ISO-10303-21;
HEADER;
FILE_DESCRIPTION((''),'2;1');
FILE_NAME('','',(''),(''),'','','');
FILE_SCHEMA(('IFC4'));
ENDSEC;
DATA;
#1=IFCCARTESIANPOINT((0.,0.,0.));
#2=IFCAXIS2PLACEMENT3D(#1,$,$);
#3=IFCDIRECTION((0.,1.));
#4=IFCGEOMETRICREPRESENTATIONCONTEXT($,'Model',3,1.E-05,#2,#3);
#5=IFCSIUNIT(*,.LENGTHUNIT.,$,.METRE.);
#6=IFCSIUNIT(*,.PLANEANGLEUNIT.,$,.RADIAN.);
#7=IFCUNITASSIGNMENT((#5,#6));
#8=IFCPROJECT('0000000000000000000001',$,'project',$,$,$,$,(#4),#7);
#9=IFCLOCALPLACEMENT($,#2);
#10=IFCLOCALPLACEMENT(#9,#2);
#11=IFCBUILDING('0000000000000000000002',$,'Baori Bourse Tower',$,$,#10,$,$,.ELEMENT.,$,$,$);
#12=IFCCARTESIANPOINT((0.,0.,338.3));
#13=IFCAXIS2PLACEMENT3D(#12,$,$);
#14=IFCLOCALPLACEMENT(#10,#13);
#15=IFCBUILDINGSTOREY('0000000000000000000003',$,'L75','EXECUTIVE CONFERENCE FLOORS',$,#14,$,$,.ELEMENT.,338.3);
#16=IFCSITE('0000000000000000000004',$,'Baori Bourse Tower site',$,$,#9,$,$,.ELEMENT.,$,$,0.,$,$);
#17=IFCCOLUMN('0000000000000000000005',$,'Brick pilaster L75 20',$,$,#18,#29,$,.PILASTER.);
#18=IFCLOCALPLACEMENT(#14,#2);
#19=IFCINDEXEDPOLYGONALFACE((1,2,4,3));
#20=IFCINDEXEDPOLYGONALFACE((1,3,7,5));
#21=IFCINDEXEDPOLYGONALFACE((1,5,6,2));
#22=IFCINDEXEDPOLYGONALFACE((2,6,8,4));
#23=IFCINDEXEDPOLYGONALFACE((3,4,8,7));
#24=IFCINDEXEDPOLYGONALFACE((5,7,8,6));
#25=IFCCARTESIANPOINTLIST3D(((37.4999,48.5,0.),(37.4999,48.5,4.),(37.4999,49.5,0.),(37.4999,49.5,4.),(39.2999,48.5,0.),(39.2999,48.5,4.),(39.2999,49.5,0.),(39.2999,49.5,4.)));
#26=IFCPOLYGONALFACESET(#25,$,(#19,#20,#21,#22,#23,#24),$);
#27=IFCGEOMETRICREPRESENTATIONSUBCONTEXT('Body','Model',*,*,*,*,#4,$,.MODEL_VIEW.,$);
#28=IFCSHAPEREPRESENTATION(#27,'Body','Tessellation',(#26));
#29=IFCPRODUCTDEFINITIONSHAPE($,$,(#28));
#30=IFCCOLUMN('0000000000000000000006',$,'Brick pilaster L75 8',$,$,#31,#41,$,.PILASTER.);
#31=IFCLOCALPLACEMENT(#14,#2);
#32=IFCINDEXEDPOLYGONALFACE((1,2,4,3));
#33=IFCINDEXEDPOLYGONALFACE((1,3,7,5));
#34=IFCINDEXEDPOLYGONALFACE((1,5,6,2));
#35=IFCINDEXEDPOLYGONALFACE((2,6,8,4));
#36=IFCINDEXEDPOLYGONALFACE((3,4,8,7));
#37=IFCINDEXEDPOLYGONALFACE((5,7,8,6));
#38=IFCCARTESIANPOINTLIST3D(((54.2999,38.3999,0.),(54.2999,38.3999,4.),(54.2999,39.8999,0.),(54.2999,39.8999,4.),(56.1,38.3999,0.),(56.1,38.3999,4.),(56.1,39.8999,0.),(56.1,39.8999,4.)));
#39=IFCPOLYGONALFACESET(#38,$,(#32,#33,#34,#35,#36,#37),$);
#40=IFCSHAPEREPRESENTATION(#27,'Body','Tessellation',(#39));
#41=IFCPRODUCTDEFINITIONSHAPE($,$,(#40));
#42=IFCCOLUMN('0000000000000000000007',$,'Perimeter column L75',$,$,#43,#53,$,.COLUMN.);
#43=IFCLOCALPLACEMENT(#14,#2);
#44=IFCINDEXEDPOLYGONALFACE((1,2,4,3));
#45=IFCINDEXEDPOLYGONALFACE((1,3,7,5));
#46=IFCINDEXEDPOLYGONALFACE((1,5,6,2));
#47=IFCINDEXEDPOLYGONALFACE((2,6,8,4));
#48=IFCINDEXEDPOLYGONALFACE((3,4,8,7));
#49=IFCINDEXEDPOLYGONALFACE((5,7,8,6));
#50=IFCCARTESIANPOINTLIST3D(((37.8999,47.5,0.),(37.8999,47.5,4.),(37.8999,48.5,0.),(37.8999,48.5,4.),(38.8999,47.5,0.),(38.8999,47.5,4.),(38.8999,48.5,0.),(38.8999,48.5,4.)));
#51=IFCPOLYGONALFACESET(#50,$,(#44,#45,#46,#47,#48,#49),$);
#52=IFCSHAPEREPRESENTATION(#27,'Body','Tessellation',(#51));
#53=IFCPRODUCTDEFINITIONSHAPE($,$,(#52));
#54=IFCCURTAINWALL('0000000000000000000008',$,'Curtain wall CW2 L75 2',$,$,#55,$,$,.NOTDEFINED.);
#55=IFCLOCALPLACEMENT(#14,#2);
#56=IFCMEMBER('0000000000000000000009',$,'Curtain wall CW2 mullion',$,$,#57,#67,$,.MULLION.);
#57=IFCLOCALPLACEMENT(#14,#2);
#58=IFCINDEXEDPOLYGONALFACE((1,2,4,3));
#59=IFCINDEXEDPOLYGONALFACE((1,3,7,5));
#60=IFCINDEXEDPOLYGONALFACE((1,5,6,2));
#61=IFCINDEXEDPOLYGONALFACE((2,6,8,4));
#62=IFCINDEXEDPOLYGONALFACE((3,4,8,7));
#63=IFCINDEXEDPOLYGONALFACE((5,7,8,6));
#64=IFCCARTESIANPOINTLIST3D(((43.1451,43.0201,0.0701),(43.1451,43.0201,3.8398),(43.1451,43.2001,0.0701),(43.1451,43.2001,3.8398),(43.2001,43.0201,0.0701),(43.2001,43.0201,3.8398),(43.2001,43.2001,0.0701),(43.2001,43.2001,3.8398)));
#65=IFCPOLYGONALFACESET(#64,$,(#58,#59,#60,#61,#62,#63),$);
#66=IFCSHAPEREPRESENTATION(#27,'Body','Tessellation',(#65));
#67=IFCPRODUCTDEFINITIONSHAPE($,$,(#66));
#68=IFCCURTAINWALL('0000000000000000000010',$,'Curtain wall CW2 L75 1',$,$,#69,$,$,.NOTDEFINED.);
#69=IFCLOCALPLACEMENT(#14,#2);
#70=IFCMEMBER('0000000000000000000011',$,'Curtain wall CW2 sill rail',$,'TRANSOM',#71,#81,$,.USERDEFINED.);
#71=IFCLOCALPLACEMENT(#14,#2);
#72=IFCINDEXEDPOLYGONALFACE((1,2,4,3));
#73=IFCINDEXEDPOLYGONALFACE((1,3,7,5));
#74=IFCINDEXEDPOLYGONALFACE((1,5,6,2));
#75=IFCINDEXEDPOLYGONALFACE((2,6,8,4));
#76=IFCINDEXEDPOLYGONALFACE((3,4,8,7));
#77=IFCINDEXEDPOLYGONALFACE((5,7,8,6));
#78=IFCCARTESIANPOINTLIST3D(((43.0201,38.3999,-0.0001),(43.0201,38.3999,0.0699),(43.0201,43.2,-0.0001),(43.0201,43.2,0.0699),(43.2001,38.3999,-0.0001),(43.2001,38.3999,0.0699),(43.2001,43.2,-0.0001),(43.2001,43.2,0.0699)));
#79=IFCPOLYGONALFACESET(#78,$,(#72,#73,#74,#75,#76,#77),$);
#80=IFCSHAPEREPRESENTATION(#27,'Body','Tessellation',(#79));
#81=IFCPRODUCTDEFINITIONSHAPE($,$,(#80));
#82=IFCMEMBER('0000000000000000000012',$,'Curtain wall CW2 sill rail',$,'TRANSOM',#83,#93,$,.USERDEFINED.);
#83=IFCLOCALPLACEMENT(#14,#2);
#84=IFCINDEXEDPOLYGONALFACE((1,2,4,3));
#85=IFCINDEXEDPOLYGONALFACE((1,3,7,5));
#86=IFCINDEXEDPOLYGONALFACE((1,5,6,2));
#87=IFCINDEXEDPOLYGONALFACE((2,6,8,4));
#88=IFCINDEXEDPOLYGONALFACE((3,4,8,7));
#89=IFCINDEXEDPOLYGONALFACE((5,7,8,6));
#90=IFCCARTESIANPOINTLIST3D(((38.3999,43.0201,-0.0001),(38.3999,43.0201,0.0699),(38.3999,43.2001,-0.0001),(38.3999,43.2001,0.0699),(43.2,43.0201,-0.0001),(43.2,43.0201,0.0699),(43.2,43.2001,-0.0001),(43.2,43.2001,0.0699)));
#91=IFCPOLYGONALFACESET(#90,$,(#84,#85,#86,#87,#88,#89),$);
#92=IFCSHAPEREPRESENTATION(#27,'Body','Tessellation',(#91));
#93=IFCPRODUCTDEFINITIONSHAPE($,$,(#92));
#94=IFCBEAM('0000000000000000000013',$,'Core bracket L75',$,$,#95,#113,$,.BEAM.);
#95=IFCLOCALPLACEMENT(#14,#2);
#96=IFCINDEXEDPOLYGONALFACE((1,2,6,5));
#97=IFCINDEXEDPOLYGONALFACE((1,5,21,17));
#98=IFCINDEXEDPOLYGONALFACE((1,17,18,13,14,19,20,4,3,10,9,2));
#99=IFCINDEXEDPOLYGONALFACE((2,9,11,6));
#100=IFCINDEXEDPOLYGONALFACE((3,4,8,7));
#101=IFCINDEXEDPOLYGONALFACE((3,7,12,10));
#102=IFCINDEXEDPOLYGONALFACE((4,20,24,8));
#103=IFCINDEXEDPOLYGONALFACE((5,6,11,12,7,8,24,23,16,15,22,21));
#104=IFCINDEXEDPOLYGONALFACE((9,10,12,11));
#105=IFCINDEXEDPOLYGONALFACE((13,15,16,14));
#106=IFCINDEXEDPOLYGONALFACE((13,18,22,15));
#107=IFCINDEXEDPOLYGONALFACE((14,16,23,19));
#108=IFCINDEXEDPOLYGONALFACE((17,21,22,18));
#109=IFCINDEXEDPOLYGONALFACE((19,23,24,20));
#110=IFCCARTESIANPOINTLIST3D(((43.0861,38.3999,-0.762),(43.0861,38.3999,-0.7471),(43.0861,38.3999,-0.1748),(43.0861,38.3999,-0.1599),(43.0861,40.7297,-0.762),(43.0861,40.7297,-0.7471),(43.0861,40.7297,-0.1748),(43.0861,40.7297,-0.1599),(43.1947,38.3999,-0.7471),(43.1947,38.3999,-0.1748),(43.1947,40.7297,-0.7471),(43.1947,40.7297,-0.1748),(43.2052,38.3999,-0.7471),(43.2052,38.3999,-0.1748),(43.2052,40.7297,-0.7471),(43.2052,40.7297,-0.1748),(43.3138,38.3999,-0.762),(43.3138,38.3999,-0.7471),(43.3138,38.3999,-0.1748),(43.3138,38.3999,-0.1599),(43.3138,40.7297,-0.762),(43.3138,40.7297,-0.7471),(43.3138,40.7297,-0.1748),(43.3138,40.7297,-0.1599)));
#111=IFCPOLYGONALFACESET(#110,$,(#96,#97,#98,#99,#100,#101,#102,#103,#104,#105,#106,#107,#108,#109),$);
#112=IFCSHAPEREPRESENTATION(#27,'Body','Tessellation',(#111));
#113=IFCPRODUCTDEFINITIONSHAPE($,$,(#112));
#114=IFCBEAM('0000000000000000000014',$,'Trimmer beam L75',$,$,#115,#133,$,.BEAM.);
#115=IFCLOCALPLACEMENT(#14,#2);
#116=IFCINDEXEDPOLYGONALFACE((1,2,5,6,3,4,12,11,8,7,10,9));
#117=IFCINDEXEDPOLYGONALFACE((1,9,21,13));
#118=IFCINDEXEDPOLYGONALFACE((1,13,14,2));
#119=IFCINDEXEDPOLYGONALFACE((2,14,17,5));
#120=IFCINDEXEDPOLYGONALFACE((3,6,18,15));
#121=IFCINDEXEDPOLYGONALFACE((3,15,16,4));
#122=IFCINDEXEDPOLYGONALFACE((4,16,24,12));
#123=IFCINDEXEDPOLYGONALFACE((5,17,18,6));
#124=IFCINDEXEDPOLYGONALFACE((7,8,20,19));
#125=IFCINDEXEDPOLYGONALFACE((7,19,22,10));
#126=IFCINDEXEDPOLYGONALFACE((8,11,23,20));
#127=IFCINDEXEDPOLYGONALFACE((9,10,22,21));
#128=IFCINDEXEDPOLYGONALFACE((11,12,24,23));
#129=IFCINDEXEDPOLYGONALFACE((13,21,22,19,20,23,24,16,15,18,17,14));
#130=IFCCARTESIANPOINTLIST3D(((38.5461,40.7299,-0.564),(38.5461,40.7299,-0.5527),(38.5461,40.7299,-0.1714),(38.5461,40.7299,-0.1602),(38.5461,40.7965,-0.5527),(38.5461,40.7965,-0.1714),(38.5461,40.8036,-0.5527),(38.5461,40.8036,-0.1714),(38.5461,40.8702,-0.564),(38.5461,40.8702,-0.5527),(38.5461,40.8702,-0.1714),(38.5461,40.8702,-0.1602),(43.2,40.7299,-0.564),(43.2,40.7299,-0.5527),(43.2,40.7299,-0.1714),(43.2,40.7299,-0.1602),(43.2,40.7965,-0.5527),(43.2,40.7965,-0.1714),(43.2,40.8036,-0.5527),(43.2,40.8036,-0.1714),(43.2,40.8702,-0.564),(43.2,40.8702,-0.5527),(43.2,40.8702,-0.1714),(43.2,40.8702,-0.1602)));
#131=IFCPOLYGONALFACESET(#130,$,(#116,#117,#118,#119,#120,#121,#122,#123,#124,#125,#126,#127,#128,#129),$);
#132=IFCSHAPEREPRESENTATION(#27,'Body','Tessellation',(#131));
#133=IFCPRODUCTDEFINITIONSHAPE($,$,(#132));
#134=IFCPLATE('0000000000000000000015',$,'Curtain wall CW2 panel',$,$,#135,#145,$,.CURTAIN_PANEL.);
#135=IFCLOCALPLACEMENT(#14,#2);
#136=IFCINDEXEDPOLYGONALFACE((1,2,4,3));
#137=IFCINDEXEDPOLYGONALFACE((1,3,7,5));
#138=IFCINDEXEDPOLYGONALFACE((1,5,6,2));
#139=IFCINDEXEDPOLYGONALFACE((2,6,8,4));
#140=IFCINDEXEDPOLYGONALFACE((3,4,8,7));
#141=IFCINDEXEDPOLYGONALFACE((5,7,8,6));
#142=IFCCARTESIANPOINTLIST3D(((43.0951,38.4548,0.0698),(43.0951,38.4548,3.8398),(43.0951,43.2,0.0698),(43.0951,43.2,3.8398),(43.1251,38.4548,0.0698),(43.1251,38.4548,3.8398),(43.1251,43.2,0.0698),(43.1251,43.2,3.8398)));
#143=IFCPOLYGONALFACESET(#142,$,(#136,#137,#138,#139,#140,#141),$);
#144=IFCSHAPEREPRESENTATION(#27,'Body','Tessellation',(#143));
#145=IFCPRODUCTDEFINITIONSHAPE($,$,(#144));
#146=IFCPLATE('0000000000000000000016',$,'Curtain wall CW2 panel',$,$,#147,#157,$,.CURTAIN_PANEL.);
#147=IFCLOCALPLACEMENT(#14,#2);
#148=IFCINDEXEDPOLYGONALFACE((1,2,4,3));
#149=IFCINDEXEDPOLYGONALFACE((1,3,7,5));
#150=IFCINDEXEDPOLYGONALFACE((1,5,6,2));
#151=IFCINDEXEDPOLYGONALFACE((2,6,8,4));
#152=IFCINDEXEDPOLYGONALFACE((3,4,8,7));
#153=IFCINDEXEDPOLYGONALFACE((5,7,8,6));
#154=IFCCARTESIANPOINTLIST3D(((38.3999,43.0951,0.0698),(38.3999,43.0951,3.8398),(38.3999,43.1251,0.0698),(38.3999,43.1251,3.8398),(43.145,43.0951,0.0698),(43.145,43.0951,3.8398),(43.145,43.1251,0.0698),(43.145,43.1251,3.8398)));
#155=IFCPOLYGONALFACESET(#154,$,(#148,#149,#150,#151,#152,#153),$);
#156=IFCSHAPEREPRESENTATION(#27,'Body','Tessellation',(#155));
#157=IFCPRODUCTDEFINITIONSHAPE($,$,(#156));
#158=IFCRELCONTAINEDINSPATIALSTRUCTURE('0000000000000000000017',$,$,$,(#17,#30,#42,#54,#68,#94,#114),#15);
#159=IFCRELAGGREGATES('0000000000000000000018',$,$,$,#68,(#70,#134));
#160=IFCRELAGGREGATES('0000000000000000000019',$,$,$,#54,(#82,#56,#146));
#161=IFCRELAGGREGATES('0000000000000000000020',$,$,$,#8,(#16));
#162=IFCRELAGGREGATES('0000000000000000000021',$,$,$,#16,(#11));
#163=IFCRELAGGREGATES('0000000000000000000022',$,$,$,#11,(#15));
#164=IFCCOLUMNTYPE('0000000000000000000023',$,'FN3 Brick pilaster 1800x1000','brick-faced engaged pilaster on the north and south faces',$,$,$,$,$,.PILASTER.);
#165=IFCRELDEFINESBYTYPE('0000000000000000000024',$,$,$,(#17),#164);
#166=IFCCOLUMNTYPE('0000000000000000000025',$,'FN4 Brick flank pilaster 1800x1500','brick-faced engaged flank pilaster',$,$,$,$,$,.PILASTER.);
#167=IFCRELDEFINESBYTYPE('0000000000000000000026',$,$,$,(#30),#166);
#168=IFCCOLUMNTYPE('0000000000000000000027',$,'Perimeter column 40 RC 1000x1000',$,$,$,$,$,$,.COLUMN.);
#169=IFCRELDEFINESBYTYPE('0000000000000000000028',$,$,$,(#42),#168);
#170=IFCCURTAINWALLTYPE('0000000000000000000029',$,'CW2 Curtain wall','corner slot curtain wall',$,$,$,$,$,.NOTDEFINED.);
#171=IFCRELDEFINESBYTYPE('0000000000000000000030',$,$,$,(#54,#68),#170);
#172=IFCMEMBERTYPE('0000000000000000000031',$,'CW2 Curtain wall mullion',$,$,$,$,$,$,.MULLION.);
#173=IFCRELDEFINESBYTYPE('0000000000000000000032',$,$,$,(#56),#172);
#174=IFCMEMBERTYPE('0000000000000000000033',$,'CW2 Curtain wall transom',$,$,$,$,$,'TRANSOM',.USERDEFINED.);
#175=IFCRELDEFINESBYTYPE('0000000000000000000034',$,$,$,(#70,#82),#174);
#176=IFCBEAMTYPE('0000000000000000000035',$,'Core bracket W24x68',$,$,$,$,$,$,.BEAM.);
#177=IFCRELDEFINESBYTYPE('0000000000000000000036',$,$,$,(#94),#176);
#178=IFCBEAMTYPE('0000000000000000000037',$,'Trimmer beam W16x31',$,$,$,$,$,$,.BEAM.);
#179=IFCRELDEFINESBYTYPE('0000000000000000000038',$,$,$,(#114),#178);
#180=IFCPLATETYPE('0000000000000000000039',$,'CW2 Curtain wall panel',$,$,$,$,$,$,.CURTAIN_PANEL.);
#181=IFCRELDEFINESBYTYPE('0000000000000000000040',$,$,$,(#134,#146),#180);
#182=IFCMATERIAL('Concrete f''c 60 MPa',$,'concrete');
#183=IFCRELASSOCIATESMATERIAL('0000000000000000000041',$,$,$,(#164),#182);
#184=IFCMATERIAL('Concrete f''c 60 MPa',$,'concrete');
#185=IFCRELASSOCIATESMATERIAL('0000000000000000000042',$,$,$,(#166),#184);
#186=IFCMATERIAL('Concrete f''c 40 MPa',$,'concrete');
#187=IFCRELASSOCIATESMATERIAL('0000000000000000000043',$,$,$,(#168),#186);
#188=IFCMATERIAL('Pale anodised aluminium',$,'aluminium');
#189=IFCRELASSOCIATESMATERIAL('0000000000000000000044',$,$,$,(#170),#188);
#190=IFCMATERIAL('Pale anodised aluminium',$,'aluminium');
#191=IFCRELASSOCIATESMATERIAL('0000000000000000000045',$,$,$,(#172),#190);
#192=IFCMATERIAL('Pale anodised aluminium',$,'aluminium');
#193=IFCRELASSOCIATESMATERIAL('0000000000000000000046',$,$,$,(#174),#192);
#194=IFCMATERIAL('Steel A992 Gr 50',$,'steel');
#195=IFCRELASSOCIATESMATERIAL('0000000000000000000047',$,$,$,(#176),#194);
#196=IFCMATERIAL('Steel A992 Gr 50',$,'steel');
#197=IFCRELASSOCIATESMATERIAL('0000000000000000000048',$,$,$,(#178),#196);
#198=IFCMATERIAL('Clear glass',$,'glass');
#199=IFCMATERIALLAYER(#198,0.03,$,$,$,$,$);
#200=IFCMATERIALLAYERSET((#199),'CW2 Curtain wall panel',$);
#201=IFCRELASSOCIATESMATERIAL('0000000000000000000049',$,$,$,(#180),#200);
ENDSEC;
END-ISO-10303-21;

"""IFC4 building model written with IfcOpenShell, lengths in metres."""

from ifc_helpers import new_model, si_unit, direction, frame, origin, origin_2d, place, context, subcontext, project, spatial, rectangle, i_section, extrude, material, layer, layer_set, material_profile, profile_set, type_object, element, aggregate, save


model = new_model("IFC4")

# Units and contexts
model_context = context("Model", 3, precision=1e-05, world=origin(), true_north=direction((0.0, 1.0)))
body_context = subcontext(model_context, "Body", "Model", "MODEL_VIEW")
ifc_project = project(units=[si_unit("LENGTHUNIT", "METRE"), si_unit("PLANEANGLEUNIT", "RADIAN")], contexts=[model_context])

# Site, building, storey
site_placement = place(None, origin())
site = spatial("IfcSite", under=ifc_project, at=site_placement, Name="Baori Bourse Tower site", CompositionType="ELEMENT", RefElevation=0.0)
building_placement = place(site_placement, origin())
building = spatial("IfcBuilding", under=site, at=building_placement, Name="Baori Bourse Tower", CompositionType="ELEMENT")
storey_placement = place(building_placement, frame((0.0, 0.0, 338.3)))
storey = spatial("IfcBuildingStorey", under=building, at=storey_placement, Name="L75", Description="EXECUTIVE CONFERENCE FLOORS", CompositionType="ELEMENT", Elevation=338.3)

# Columns
ifc_material_1 = material(Name="Concrete f'c 60 MPa", Category="concrete")
ifc_material_profile_1 = material_profile(ifc_material_1, rectangle(XDim=1.8, YDim=1.0, at=origin_2d()), Name="RC 1800x1000")
ifc_profile_set_1 = profile_set([ifc_material_profile_1], Name="Concrete f'c 60 MPa")
column_type_1 = type_object("IfcColumnType", Name="FN3 Brick pilaster 1800x1000", Description="brick-faced engaged pilaster on the north and south faces", PredefinedType="PILASTER", material=ifc_profile_set_1)
column_1_placement = place(storey_placement, frame((38.3999, 49.0, 0.0), z_axis=(0.0, 0.0, 1.0), x_axis=(1.0, 0.0, 0.0)))
element("IfcColumn", 1, at=column_1_placement, inside=storey, type_object=column_type_1, Name="Brick pilaster L75 20", PredefinedType="PILASTER", context=body_context, shape_type="SweptSolid", body=[
    extrude(rectangle(XDim=1.8, YDim=1.0, at=origin_2d()), origin(), (0.0, 0.0, 1.0), 4.0),
])
ifc_material_2 = material(Name="Concrete f'c 60 MPa", Category="concrete")
ifc_material_profile_2 = material_profile(ifc_material_2, rectangle(XDim=1.8, YDim=1.5, at=origin_2d()), Name="RC 1800x1500")
ifc_profile_set_2 = profile_set([ifc_material_profile_2], Name="Concrete f'c 60 MPa")
column_type_2 = type_object("IfcColumnType", Name="FN4 Brick flank pilaster 1800x1500", Description="brick-faced engaged flank pilaster", PredefinedType="PILASTER", material=ifc_profile_set_2)
column_2_placement = place(storey_placement, frame((55.2, 39.1499, 0.0), z_axis=(0.0, 0.0, 1.0), x_axis=(1.0, 0.0, 0.0)))
element("IfcColumn", 2, at=column_2_placement, inside=storey, type_object=column_type_2, Name="Brick pilaster L75 8", PredefinedType="PILASTER", context=body_context, shape_type="SweptSolid", body=[
    extrude(rectangle(XDim=1.8, YDim=1.5, at=origin_2d()), origin(), (0.0, 0.0, 1.0), 4.0),
])
ifc_material_3 = material(Name="Concrete f'c 40 MPa", Category="concrete")
ifc_material_profile_3 = material_profile(ifc_material_3, rectangle(XDim=1.0, YDim=1.0, at=origin_2d()), Name="RC 1000x1000")
ifc_profile_set_3 = profile_set([ifc_material_profile_3], Name="Concrete f'c 40 MPa")
column_type_3 = type_object("IfcColumnType", Name="Perimeter column 40 RC 1000x1000", PredefinedType="COLUMN", material=ifc_profile_set_3)
column_3_placement = place(storey_placement, frame((38.3999, 48.0, 0.0), z_axis=(0.0, 0.0, 1.0), x_axis=(1.0, 0.0, 0.0)))
element("IfcColumn", 3, at=column_3_placement, inside=storey, type_object=column_type_3, Name="Perimeter column L75", PredefinedType="COLUMN", context=body_context, shape_type="SweptSolid", body=[
    extrude(rectangle(XDim=1.0, YDim=1.0, at=origin_2d()), origin(), (0.0, 0.0, 1.0), 4.0),
])

# Curtain walls, members
ifc_material_4 = material(Name="Pale anodised aluminium", Category="aluminium")
curtain_wall_type = type_object("IfcCurtainWallType", Name="CW2 Curtain wall", Description="corner slot curtain wall", PredefinedType="NOTDEFINED", material=ifc_material_4)
curtain_wall_1_placement = place(storey_placement, origin())
curtain_wall_1 = element("IfcCurtainWall", 4, at=curtain_wall_1_placement, inside=storey, type_object=curtain_wall_type, Name="Curtain wall CW2 L75 2", PredefinedType="NOTDEFINED")
ifc_material_5 = material(Name="Pale anodised aluminium", Category="aluminium")
ifc_material_profile_4 = material_profile(ifc_material_5, rectangle(XDim=0.1799, YDim=0.0549, at=origin_2d()), Name="Mullion 55x180")
ifc_profile_set_4 = profile_set([ifc_material_profile_4], Name="Pale anodised aluminium")
member_type_1 = type_object("IfcMemberType", Name="CW2 Curtain wall mullion", PredefinedType="MULLION", material=ifc_profile_set_4)
member_1_placement = place(storey_placement, frame((43.1726, 43.1101, 0.0701), z_axis=(0.0, 0.0, 1.0), x_axis=(0.0, -1.0, 0.0)))
member_1 = element("IfcMember", 5, at=member_1_placement, type_object=member_type_1, Name="Curtain wall CW2 mullion", PredefinedType="MULLION", context=body_context, shape_type="SweptSolid", body=[
    extrude(rectangle(XDim=0.1799, YDim=0.0549, at=origin_2d()), origin(), (0.0, 0.0, 1.0), 3.7698),
])
curtain_wall_2_placement = place(storey_placement, origin())
curtain_wall_2 = element("IfcCurtainWall", 6, at=curtain_wall_2_placement, inside=storey, type_object=curtain_wall_type, Name="Curtain wall CW2 L75 1", PredefinedType="NOTDEFINED")
ifc_material_6 = material(Name="Pale anodised aluminium", Category="aluminium")
ifc_material_profile_5 = material_profile(ifc_material_6, rectangle(XDim=0.1799, YDim=0.0701, at=origin_2d()), Name="Transom 70x180")
ifc_profile_set_5 = profile_set([ifc_material_profile_5], Name="Pale anodised aluminium")
member_type_2 = type_object("IfcMemberType", Name="CW2 Curtain wall transom", ElementType="TRANSOM", PredefinedType="USERDEFINED", material=ifc_profile_set_5)
member_2_placement = place(storey_placement, frame((43.1101, 38.3999, 0.0349), z_axis=(0.0, 1.0, 0.0), x_axis=(-1.0, 0.0, 0.0)))
member_2 = element("IfcMember", 7, at=member_2_placement, type_object=member_type_2, Name="Curtain wall CW2 sill rail", ObjectType="TRANSOM", PredefinedType="USERDEFINED", context=body_context, shape_type="SweptSolid", body=[
    extrude(rectangle(XDim=0.1799, YDim=0.0701, at=origin_2d()), origin(), (0.0, 0.0, 1.0), 4.8),
])

# Member
member_3_placement = place(storey_placement, frame((43.2, 43.1101, 0.0349), z_axis=(-1.0, 0.0, 0.0), x_axis=(0.0, -1.0, 0.0)))
member_3 = element("IfcMember", 8, at=member_3_placement, type_object=member_type_2, Name="Curtain wall CW2 sill rail", ObjectType="TRANSOM", PredefinedType="USERDEFINED", context=body_context, shape_type="SweptSolid", body=[
    extrude(rectangle(XDim=0.1799, YDim=0.0701, at=origin_2d()), origin(), (0.0, 0.0, 1.0), 4.8),
])

# Beams
ifc_material_7 = material(Name="Steel A992 Gr 50", Category="steel")
ifc_material_profile_6 = material_profile(ifc_material_7, i_section(OverallWidth=0.2278, OverallDepth=0.6021, WebThickness=0.0105, FlangeThickness=0.0149, at=origin_2d()), Name="W24x68")
ifc_profile_set_6 = profile_set([ifc_material_profile_6], Name="Steel A992 Gr 50")
beam_type_1 = type_object("IfcBeamType", Name="Core bracket W24x68", PredefinedType="BEAM", material=ifc_profile_set_6)
beam_1_placement = place(storey_placement, frame((43.2, 38.3999, -0.4609), z_axis=(0.0, 1.0, 0.0), x_axis=(-1.0, 0.0, 0.0)))
element("IfcBeam", 9, at=beam_1_placement, inside=storey, type_object=beam_type_1, Name="Core bracket L75", PredefinedType="BEAM", context=body_context, shape_type="SweptSolid", body=[
    extrude(i_section(OverallWidth=0.2278, OverallDepth=0.6021, WebThickness=0.0105, FlangeThickness=0.0149, at=origin_2d()), origin(), (0.0, 0.0, 1.0), 2.3298),
])
ifc_material_8 = material(Name="Steel A992 Gr 50", Category="steel")
ifc_material_profile_7 = material_profile(ifc_material_8, i_section(OverallWidth=0.1404, OverallDepth=0.4038, WebThickness=0.0071, FlangeThickness=0.0112, at=origin_2d()), Name="W16x31")
ifc_profile_set_7 = profile_set([ifc_material_profile_7], Name="Steel A992 Gr 50")
beam_type_2 = type_object("IfcBeamType", Name="Trimmer beam W16x31", PredefinedType="BEAM", material=ifc_profile_set_7)
beam_2_placement = place(storey_placement, frame((38.5461, 40.8, -0.3621), z_axis=(1.0, 0.0, 0.0), x_axis=(0.0, 1.0, 0.0)))
element("IfcBeam", 10, at=beam_2_placement, inside=storey, type_object=beam_type_2, Name="Trimmer beam L75", PredefinedType="BEAM", context=body_context, shape_type="SweptSolid", body=[
    extrude(i_section(OverallWidth=0.1404, OverallDepth=0.4038, WebThickness=0.0071, FlangeThickness=0.0112, at=origin_2d()), origin(), (0.0, 0.0, 1.0), 4.6538),
])

# Plates
ifc_material_9 = material(Name="Clear glass", Category="glass")
ifc_layer_1 = layer(ifc_material_9, 0.03)
ifc_layer_set_1 = layer_set([ifc_layer_1], Name="CW2 Curtain wall panel")
plate_type = type_object("IfcPlateType", Name="CW2 Curtain wall panel", PredefinedType="CURTAIN_PANEL", material=ifc_layer_set_1)
plate_1_placement = place(storey_placement, frame((43.1101, 40.8274, 0.0698), z_axis=(0.0, 0.0, 1.0), x_axis=(0.0, 1.0, 0.0)))
plate_1 = element("IfcPlate", 11, at=plate_1_placement, type_object=plate_type, Name="Curtain wall CW2 panel", PredefinedType="CURTAIN_PANEL", context=body_context, shape_type="SweptSolid", body=[
    extrude(rectangle(XDim=4.7451, YDim=0.03, at=origin_2d()), origin(), (0.0, 0.0, 1.0), 3.77),
])
aggregate(curtain_wall_2, [member_2, plate_1])
plate_2_placement = place(storey_placement, frame((40.7725, 43.1101, 0.0698), z_axis=(0.0, 0.0, 1.0), x_axis=(-1.0, 0.0, 0.0)))
plate_2 = element("IfcPlate", 12, at=plate_2_placement, type_object=plate_type, Name="Curtain wall CW2 panel", PredefinedType="CURTAIN_PANEL", context=body_context, shape_type="SweptSolid", body=[
    extrude(rectangle(XDim=4.7451, YDim=0.03, at=origin_2d()), origin(), (0.0, 0.0, 1.0), 3.77),
])
aggregate(curtain_wall_1, [member_3, member_1, plate_2])

save(model, "model.ifc")
